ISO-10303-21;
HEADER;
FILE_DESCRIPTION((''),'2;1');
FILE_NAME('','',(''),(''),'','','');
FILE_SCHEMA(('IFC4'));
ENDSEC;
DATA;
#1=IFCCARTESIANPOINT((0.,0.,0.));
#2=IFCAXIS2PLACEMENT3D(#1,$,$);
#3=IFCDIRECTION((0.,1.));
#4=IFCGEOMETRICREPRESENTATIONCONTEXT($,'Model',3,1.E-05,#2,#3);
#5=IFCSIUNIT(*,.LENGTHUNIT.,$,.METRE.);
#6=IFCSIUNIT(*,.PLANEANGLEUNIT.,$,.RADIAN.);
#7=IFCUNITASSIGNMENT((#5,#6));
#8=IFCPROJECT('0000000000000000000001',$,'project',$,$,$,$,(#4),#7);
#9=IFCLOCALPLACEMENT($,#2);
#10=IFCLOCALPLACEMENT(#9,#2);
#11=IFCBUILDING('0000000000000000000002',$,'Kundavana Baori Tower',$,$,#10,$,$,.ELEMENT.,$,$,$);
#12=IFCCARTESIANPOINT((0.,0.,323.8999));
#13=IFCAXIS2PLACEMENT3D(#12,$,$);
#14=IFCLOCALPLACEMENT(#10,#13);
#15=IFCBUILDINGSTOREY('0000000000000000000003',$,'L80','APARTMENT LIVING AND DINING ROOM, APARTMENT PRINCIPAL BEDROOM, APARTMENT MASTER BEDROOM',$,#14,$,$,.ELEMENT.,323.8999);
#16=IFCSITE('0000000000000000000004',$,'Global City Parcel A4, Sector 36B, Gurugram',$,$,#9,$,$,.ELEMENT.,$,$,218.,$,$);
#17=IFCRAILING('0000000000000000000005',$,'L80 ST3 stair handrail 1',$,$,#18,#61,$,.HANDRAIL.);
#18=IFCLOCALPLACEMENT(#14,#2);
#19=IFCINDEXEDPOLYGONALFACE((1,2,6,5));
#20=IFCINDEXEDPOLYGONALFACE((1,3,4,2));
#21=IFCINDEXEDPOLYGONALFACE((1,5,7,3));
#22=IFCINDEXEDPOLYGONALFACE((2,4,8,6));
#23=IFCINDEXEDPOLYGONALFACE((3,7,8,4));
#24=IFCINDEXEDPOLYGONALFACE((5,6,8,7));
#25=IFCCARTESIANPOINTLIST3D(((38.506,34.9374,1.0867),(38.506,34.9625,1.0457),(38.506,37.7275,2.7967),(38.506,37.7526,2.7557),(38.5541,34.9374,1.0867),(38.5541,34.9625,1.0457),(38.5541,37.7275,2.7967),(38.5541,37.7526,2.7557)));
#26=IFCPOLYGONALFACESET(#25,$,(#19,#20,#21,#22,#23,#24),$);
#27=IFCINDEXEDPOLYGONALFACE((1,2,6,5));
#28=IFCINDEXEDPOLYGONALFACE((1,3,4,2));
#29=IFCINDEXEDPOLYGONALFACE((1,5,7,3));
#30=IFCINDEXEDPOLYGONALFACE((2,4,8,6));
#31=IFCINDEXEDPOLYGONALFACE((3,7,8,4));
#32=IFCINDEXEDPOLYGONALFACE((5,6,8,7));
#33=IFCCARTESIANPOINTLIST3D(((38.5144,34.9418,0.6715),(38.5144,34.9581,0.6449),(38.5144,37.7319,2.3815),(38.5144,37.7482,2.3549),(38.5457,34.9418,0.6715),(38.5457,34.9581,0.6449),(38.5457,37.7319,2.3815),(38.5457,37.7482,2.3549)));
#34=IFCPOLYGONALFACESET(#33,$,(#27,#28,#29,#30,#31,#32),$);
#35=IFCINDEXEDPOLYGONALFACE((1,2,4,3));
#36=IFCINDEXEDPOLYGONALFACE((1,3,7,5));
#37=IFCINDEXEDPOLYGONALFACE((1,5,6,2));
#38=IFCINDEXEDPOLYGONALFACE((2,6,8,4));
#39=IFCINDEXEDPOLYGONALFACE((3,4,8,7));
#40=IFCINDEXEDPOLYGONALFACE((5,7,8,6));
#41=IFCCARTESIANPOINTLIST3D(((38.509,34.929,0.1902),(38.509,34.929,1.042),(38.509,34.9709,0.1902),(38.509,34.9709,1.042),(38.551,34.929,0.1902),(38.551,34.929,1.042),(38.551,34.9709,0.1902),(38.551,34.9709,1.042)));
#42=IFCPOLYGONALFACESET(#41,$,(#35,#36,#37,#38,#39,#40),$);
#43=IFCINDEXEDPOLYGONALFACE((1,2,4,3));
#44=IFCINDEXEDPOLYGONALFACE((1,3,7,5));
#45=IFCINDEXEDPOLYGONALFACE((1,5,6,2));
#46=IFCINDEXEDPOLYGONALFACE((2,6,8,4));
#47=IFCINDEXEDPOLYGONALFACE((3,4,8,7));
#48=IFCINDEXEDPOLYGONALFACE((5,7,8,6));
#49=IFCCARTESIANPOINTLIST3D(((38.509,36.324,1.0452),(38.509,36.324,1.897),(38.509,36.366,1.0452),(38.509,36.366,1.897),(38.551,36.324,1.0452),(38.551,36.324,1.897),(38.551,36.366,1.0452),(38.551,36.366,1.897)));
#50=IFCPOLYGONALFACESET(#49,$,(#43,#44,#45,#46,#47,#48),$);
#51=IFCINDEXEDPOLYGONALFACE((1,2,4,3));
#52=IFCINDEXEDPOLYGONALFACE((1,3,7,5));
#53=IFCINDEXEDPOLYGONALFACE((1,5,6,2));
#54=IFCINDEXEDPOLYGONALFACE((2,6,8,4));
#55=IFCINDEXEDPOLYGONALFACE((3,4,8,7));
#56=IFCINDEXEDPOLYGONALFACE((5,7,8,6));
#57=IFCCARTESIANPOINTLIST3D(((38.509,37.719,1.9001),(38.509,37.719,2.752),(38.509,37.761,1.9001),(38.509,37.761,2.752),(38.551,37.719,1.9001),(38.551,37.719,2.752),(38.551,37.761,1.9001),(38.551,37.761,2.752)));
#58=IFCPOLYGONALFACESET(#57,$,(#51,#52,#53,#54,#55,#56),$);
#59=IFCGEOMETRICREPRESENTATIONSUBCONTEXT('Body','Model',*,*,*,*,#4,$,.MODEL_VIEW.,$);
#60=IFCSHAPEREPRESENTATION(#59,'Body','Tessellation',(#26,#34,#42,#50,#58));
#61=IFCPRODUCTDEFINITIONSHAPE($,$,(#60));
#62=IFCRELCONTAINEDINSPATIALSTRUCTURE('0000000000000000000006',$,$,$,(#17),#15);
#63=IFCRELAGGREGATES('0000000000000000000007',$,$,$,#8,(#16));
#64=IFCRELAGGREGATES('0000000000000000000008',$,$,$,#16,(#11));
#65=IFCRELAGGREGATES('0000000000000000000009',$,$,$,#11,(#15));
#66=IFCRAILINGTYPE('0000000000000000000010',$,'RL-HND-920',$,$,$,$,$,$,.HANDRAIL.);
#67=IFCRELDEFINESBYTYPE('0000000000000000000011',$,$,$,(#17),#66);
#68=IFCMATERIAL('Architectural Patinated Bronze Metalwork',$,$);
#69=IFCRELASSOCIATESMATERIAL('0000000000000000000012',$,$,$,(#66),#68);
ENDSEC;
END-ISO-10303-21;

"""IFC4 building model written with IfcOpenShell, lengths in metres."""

from ifc_helpers import new_model, si_unit, direction, frame, origin, origin_2d, place, context, subcontext, project, spatial, rectangle, extrude, material, type_object, element, save


model = new_model("IFC4")

# Units and contexts
model_context = context("Model", 3, precision=1e-05, world=origin(), true_north=direction((0.0, 1.0)))
body_context = subcontext(model_context, "Body", "Model", "MODEL_VIEW")
ifc_project = project(units=[si_unit("LENGTHUNIT", "METRE"), si_unit("PLANEANGLEUNIT", "RADIAN")], contexts=[model_context])

# Site, building, storey
site_placement = place(None, origin())
site = spatial("IfcSite", under=ifc_project, at=site_placement, Name="Global City Parcel A4, Sector 36B, Gurugram", CompositionType="ELEMENT", RefElevation=218.0)
building_placement = place(site_placement, origin())
building = spatial("IfcBuilding", under=site, at=building_placement, Name="Kundavana Baori Tower", CompositionType="ELEMENT")
storey_placement = place(building_placement, frame((0.0, 0.0, 323.8999)))
storey = spatial("IfcBuildingStorey", under=building, at=storey_placement, Name="L80", Description="APARTMENT LIVING AND DINING ROOM, APARTMENT PRINCIPAL BEDROOM, APARTMENT MASTER BEDROOM", CompositionType="ELEMENT", Elevation=323.8999)

# Railing
ifc_material_1 = material(Name="Architectural Patinated Bronze Metalwork")
railing_type_1 = type_object("IfcRailingType", Name="RL-HND-920", PredefinedType="HANDRAIL", material=ifc_material_1)
railing_1_placement = place(storey_placement, frame((38.53, 34.95, 0.1902)))
element("IfcRailing", 1, at=railing_1_placement, inside=storey, type_object=railing_type_1, Name="L80 ST3 stair handrail 1", PredefinedType="HANDRAIL", context=body_context, shape_type="SweptSolid", body=[
    extrude(rectangle(XDim=0.0481, YDim=0.0481, at=origin_2d()), frame((0.0, 0.0, 0.876), z_axis=(0.0, 0.85261, 0.522548), x_axis=(-1.0, 0.0, 0.0)), (0.0, 0.0, 1.0), 3.2725),
    extrude(rectangle(XDim=0.0312, YDim=0.0312, at=origin_2d()), frame((0.0, 0.0, 0.468), z_axis=(0.0, 0.85261, 0.522548), x_axis=(-1.0, 0.0, 0.0)), (0.0, 0.0, 1.0), 3.2725),
    extrude(rectangle(XDim=0.042, YDim=0.042, at=origin_2d()), origin(), (0.0, 0.0, 1.0), 0.8518),
    extrude(rectangle(XDim=0.042, YDim=0.042, at=origin_2d()), frame((0.0, 1.395, 0.855)), (0.0, 0.0, 1.0), 0.8518),
    extrude(rectangle(XDim=0.042, YDim=0.042, at=origin_2d()), frame((0.0, 2.79, 1.71)), (0.0, 0.0, 1.0), 0.8518),
])

save(model, "model.ifc")
